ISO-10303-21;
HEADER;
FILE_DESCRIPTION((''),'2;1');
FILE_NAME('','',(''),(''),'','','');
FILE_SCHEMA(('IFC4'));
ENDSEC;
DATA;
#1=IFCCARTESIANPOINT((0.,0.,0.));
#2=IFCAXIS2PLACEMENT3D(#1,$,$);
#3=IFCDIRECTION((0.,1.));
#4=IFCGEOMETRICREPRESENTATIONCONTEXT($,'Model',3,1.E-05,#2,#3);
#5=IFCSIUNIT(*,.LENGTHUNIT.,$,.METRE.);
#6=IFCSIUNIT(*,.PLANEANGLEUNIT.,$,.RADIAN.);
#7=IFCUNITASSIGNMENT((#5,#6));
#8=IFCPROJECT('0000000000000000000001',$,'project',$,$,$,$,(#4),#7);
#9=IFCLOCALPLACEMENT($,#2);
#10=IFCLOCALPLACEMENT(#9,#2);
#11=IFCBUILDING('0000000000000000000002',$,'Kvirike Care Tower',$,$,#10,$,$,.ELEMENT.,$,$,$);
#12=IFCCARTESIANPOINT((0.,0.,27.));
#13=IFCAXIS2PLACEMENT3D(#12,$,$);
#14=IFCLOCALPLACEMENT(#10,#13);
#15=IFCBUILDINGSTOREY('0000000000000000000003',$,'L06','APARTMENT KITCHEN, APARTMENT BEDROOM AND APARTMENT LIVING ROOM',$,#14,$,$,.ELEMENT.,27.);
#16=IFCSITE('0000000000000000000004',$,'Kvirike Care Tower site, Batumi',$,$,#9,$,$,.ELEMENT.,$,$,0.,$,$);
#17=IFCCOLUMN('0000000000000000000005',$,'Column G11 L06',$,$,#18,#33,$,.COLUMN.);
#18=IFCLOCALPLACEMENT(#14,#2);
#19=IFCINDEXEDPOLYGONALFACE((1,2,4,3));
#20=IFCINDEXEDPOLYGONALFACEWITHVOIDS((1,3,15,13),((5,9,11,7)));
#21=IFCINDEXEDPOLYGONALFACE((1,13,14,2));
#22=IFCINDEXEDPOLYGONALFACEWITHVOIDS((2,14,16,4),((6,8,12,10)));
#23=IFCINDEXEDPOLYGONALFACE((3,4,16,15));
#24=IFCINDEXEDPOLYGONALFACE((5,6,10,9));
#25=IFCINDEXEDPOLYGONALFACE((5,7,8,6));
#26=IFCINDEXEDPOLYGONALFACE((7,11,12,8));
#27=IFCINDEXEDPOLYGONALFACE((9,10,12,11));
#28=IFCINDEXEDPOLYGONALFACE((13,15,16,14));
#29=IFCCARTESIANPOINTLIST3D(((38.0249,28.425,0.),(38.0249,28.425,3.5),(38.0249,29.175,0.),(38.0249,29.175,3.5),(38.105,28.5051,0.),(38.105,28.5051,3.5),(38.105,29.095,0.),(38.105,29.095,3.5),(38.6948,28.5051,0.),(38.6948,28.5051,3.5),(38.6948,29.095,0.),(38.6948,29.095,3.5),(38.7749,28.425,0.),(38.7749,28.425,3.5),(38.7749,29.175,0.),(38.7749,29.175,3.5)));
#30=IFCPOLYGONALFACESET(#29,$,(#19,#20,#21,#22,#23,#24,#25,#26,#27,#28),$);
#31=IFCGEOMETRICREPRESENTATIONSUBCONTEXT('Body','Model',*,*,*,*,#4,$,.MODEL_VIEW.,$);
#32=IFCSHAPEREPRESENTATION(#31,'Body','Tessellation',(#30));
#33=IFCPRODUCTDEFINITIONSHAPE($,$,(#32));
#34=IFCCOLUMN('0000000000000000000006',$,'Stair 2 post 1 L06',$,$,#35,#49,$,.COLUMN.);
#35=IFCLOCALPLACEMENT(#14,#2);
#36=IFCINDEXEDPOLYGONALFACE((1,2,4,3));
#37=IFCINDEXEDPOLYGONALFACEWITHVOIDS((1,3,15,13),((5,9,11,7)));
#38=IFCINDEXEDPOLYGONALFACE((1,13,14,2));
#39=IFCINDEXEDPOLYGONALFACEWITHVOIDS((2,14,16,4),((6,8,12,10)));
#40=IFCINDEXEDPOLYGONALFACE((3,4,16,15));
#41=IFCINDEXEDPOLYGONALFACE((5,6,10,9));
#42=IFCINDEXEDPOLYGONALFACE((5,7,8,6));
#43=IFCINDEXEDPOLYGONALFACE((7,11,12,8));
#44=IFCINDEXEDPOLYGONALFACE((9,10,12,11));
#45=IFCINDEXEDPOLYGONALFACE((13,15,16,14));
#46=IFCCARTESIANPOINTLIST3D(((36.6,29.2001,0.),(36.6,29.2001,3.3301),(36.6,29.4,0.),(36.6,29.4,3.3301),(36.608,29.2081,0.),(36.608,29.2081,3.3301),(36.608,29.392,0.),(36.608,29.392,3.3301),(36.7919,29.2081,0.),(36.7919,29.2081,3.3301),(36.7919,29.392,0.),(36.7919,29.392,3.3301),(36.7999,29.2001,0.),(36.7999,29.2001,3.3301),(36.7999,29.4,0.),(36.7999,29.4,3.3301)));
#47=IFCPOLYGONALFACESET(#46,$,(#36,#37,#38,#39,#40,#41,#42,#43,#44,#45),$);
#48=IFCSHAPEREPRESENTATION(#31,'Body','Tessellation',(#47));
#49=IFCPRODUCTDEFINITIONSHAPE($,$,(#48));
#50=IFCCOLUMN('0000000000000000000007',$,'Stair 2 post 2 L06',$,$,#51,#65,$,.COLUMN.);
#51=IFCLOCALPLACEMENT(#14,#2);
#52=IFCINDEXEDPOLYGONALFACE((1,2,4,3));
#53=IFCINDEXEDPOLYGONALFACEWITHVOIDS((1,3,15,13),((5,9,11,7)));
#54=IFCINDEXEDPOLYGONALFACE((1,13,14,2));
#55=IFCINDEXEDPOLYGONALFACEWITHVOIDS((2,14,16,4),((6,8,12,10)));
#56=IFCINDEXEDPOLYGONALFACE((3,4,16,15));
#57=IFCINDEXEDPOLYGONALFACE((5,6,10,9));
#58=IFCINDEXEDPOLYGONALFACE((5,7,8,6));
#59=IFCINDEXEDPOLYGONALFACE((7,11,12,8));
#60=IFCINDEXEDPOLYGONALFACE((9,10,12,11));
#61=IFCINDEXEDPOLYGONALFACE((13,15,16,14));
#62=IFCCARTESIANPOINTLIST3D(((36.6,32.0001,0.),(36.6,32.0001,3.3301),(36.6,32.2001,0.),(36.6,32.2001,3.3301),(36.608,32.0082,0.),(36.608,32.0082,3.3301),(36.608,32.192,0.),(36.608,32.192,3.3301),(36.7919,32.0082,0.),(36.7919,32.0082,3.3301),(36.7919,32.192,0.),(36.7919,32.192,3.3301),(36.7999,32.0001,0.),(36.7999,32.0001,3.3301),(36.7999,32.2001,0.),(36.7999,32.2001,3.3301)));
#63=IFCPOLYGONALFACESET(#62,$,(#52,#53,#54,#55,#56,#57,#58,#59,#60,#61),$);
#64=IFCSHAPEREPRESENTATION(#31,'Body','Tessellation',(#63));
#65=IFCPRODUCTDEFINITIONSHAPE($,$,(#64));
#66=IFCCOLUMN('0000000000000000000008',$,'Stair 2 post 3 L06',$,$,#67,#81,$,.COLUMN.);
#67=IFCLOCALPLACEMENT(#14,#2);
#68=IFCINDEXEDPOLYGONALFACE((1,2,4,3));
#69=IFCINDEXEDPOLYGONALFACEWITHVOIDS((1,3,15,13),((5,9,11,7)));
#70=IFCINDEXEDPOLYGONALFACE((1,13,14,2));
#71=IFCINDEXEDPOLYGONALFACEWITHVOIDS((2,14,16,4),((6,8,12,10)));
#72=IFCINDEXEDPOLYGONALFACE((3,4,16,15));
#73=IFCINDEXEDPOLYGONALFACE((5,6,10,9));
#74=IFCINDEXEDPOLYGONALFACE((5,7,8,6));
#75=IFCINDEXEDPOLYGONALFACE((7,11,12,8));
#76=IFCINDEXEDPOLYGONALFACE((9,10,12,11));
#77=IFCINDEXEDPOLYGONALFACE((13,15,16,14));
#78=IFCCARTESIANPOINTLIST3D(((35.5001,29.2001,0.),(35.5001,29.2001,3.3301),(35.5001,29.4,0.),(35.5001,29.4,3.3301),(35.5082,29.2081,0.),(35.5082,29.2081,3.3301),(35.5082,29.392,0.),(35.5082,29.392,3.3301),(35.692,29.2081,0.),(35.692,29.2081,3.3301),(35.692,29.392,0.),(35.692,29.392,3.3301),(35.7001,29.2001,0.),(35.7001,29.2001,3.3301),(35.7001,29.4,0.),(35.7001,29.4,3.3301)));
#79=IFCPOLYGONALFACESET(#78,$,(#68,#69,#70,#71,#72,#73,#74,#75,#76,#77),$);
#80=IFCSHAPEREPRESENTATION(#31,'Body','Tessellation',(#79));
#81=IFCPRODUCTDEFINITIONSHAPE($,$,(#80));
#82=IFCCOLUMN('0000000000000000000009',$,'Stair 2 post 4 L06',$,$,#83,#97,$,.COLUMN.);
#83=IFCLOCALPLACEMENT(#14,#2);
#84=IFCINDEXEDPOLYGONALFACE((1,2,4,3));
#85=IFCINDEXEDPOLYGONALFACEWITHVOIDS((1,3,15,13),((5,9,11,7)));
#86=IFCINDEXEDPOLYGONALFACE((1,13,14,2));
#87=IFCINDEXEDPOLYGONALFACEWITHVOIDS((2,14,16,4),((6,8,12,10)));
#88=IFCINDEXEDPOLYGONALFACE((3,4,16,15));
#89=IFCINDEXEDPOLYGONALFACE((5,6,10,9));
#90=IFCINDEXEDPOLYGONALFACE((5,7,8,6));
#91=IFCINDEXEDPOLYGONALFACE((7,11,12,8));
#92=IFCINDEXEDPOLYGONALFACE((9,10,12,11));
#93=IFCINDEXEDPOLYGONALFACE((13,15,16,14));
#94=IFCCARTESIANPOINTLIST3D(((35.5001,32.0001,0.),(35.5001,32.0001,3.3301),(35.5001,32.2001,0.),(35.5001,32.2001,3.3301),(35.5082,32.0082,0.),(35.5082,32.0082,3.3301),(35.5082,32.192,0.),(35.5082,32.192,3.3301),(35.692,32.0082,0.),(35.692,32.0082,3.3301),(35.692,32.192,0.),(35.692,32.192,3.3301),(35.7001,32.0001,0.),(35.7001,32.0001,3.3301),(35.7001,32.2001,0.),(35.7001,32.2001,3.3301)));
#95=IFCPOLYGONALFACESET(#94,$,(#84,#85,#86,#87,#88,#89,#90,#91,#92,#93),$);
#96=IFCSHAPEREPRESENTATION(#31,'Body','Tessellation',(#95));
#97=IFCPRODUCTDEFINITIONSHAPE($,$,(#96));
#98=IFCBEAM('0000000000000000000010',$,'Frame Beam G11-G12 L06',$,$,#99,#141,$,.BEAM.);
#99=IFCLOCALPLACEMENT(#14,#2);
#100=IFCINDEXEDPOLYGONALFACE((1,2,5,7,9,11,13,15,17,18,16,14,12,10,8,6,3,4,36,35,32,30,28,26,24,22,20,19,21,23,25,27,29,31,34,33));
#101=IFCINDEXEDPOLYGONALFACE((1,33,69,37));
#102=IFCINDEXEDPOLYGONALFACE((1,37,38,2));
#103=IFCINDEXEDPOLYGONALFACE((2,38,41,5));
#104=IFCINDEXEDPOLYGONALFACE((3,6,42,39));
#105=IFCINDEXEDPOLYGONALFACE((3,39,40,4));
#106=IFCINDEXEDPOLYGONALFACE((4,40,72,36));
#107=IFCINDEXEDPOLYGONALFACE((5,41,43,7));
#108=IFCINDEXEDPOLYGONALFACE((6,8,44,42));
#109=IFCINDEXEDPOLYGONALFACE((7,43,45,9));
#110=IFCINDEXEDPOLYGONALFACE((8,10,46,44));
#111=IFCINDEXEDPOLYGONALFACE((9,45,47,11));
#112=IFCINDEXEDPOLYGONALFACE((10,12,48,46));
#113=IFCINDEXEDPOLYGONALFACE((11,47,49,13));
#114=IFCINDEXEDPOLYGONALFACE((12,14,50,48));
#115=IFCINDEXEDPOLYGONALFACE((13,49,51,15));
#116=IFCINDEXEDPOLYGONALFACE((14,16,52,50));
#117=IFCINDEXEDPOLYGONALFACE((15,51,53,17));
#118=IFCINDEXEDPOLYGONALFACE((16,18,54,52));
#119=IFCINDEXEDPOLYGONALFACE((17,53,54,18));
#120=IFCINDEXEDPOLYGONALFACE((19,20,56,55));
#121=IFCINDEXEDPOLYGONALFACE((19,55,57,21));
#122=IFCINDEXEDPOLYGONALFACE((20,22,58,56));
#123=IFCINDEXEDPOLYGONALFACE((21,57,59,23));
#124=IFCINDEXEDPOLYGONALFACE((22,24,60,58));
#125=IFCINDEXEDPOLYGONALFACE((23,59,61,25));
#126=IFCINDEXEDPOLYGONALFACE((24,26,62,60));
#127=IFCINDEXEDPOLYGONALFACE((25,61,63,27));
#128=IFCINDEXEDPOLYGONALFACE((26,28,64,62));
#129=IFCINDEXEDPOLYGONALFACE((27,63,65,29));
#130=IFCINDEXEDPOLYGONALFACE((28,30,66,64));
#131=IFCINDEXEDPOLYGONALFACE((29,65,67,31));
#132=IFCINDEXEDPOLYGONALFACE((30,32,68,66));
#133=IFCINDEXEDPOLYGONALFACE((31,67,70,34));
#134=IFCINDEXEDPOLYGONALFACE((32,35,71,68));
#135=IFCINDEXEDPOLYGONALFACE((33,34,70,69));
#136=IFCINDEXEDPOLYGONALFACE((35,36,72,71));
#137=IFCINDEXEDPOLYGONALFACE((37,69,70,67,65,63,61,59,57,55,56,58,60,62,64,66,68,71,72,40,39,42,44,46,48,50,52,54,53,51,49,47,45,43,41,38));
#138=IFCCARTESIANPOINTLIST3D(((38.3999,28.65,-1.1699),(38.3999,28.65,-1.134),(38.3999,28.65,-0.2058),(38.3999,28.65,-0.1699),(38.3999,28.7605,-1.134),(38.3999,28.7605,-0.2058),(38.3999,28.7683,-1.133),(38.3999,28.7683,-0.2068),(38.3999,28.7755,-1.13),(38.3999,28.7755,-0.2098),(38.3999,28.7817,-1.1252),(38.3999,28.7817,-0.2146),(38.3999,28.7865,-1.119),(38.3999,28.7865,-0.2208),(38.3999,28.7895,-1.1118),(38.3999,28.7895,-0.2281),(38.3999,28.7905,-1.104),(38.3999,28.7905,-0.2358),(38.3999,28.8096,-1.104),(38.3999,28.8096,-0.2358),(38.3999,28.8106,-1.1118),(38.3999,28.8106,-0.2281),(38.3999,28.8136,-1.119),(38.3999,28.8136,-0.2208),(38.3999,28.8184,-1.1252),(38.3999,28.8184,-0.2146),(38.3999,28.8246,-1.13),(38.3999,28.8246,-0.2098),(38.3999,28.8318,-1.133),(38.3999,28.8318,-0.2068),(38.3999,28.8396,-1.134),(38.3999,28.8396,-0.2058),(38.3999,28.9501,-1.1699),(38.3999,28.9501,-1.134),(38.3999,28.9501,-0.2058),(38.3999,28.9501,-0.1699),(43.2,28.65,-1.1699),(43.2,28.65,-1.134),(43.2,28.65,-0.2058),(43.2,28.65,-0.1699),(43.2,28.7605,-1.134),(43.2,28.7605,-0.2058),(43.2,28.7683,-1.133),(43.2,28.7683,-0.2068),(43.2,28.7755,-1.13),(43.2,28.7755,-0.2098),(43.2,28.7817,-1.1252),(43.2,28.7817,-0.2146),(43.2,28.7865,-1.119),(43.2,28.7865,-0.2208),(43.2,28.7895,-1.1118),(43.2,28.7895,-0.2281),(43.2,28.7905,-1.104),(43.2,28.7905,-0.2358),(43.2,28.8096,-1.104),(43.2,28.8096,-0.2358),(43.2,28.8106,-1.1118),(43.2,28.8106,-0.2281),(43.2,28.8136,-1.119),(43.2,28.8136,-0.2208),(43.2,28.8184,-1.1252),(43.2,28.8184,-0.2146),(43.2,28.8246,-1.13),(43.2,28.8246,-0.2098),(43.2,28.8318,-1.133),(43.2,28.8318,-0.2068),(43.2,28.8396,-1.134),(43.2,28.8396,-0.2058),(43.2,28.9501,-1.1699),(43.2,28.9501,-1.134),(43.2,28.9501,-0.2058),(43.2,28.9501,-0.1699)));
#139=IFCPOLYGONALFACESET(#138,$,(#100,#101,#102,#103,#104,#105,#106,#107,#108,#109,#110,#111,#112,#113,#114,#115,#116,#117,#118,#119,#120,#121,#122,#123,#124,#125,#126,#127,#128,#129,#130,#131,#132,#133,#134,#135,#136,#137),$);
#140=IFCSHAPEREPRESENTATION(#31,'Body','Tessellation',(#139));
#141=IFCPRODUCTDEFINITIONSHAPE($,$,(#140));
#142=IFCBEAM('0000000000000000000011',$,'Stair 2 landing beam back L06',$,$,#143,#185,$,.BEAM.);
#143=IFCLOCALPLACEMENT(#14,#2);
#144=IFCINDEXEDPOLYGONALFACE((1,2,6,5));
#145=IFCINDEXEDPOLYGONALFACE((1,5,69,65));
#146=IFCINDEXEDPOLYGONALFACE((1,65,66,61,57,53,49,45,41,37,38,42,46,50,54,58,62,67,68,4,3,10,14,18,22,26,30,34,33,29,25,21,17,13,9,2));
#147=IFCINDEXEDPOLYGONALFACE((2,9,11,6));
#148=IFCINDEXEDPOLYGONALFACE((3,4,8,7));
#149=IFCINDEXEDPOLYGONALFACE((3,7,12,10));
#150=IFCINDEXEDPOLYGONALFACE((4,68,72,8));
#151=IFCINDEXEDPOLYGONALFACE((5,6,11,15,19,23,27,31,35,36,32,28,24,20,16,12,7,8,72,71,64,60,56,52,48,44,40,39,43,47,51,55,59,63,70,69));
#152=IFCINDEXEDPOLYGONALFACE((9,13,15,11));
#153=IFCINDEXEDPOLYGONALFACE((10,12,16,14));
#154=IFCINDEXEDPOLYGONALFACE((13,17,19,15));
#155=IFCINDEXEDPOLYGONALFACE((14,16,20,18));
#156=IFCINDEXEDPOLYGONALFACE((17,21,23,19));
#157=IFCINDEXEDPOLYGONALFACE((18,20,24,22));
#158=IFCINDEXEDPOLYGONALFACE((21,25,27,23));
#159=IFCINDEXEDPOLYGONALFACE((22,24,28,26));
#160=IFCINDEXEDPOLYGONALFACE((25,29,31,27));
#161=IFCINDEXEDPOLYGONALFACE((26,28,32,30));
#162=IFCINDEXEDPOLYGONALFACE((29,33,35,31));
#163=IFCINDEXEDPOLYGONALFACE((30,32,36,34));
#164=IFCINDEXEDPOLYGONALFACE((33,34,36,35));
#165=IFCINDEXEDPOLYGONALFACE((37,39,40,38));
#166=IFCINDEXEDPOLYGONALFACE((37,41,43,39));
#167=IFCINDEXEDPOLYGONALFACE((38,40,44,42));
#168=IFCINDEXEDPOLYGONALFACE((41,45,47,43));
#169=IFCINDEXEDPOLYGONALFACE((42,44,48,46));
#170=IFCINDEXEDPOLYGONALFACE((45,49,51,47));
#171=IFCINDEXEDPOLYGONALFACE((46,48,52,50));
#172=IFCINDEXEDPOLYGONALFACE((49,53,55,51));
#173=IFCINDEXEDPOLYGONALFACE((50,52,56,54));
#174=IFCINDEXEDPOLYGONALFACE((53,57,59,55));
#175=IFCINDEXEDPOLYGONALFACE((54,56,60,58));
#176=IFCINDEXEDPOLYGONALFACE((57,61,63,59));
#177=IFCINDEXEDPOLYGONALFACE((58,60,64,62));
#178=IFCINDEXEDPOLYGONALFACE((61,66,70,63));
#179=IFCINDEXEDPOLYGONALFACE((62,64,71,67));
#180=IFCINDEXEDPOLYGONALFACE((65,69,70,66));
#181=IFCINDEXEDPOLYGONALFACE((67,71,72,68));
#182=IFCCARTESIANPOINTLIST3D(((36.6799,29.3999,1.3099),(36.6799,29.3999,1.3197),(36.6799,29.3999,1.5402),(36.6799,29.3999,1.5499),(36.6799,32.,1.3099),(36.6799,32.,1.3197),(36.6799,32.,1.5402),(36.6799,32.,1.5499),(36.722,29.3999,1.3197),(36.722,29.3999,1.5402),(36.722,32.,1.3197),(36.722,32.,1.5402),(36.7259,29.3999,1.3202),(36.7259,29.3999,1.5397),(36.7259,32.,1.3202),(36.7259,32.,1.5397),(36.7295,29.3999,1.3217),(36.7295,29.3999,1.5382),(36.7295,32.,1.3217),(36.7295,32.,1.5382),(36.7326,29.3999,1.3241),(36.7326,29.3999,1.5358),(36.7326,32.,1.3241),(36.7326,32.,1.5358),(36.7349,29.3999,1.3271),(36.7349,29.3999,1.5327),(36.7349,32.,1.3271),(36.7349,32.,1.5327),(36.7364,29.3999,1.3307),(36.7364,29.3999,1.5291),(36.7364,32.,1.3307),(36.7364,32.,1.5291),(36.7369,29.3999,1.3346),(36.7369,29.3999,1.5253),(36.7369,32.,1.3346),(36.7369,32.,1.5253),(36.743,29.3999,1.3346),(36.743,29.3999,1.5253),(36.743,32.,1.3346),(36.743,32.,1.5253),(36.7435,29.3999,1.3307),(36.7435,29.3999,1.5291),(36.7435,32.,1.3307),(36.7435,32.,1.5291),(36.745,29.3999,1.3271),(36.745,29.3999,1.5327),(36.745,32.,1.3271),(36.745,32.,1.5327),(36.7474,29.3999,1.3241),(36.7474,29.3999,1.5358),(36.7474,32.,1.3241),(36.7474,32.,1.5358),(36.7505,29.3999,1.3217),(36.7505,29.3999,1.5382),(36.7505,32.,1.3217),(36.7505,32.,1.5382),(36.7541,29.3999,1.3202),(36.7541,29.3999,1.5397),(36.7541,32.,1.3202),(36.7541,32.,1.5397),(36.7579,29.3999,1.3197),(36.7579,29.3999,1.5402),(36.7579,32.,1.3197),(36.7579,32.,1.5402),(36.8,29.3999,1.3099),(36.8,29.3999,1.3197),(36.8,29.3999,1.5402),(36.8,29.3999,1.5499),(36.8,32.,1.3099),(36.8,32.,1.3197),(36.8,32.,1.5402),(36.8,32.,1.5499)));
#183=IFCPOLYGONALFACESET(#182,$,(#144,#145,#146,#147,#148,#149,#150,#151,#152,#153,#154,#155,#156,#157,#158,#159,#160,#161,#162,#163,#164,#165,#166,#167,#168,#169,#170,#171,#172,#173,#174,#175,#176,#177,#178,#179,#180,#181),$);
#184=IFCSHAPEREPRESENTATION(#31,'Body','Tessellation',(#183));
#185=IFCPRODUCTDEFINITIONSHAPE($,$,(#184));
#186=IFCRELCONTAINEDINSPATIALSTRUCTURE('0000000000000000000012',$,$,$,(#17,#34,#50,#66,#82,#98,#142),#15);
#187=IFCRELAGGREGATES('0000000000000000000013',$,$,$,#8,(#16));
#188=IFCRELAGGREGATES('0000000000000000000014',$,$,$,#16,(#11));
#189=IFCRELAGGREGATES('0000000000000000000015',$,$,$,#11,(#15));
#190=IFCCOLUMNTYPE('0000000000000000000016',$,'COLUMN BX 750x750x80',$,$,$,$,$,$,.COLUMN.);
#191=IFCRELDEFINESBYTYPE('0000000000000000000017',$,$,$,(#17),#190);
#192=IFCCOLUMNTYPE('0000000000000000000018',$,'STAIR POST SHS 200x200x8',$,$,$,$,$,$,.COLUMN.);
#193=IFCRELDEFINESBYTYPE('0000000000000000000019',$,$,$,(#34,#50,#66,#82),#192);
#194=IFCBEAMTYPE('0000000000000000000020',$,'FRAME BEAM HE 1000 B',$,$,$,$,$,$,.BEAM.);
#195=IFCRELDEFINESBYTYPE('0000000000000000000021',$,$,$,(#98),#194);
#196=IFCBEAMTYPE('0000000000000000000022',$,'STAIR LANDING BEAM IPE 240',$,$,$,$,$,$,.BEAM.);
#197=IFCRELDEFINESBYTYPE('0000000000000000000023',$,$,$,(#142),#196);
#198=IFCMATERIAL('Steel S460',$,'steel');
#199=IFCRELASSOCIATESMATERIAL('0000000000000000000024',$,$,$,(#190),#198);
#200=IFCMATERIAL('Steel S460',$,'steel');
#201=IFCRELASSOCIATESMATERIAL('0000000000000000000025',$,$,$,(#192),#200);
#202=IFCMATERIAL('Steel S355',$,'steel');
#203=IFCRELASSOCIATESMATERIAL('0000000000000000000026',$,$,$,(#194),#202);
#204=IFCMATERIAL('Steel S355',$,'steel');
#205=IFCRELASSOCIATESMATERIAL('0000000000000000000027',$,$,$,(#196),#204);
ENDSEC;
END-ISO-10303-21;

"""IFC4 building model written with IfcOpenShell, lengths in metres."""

from ifc_helpers import new_model, si_unit, direction, frame, origin, origin_2d, place, context, subcontext, project, spatial, hollow_rectangle, i_section, extrude, material, material_profile, profile_set, type_object, element, save


model = new_model("IFC4")

# Units and contexts
model_context = context("Model", 3, precision=1e-05, world=origin(), true_north=direction((0.0, 1.0)))
body_context = subcontext(model_context, "Body", "Model", "MODEL_VIEW")
ifc_project = project(units=[si_unit("LENGTHUNIT", "METRE"), si_unit("PLANEANGLEUNIT", "RADIAN")], contexts=[model_context])

# Site, building, storey
site_placement = place(None, origin())
site = spatial("IfcSite", under=ifc_project, at=site_placement, Name="Kvirike Care Tower site, Batumi", CompositionType="ELEMENT", RefElevation=0.0)
building_placement = place(site_placement, origin())
building = spatial("IfcBuilding", under=site, at=building_placement, Name="Kvirike Care Tower", CompositionType="ELEMENT")
storey_placement = place(building_placement, frame((0.0, 0.0, 27.0)))
storey = spatial("IfcBuildingStorey", under=building, at=storey_placement, Name="L06", Description="APARTMENT KITCHEN, APARTMENT BEDROOM AND APARTMENT LIVING ROOM", CompositionType="ELEMENT", Elevation=27.0)

# Columns
ifc_material_1 = material(Name="Steel S460", Category="steel")
ifc_material_profile_1 = material_profile(ifc_material_1, hollow_rectangle(XDim=0.75, YDim=0.75, WallThickness=0.0801, at=origin_2d()), Name="BX 750x750x80")
ifc_profile_set_1 = profile_set([ifc_material_profile_1], Name="Steel S460")
column_type_1 = type_object("IfcColumnType", Name="COLUMN BX 750x750x80", PredefinedType="COLUMN", material=ifc_profile_set_1)
column_placement = place(storey_placement, frame((38.3999, 28.8, 0.0), z_axis=(0.0, 0.0, 1.0), x_axis=(0.0, 1.0, 0.0)))
element("IfcColumn", 1, at=column_placement, inside=storey, type_object=column_type_1, Name="Column G11 L06", PredefinedType="COLUMN", context=body_context, shape_type="SweptSolid", body=[
    extrude(hollow_rectangle(XDim=0.75, YDim=0.75, WallThickness=0.0801, at=origin_2d()), origin(), (0.0, 0.0, 1.0), 3.5),
])
ifc_material_2 = material(Name="Steel S460", Category="steel")
ifc_material_profile_2 = material_profile(ifc_material_2, hollow_rectangle(XDim=0.2, YDim=0.2, WallThickness=0.0081, at=origin_2d()), Name="SHS 200x200x8")
ifc_profile_set_2 = profile_set([ifc_material_profile_2], Name="Steel S460")
column_type_2 = type_object("IfcColumnType", Name="STAIR POST SHS 200x200x8", PredefinedType="COLUMN", material=ifc_profile_set_2)
for number, where, z_axis, x_axis, name in (
    (2, (36.7, 29.3, 0.0), (0.0, 0.0, 1.0), (1.0, 0.0, 0.0), "Stair 2 post 1 L06"),
    (3, (36.7, 32.1001, 0.0), (0.0, 0.0, 1.0), (1.0, 0.0, 0.0), "Stair 2 post 2 L06"),
    (4, (35.6001, 29.3, 0.0), (0.0, 0.0, 1.0), (1.0, 0.0, 0.0), "Stair 2 post 3 L06"),
    (5, (35.6001, 32.1001, 0.0), (0.0, 0.0, 1.0), (1.0, 0.0, 0.0), "Stair 2 post 4 L06"),
):
    element("IfcColumn", number, at=place(storey_placement, frame(where, z_axis=z_axis, x_axis=x_axis)), inside=storey, type_object=column_type_2, Name=name, PredefinedType="COLUMN", context=body_context, shape_type="SweptSolid", body=[
        extrude(hollow_rectangle(XDim=0.2, YDim=0.2, WallThickness=0.0081, at=origin_2d()), origin(), (0.0, 0.0, 1.0), 3.3301),
    ])

# Beams
ifc_material_3 = material(Name="Steel S355", Category="steel")
ifc_material_profile_3 = material_profile(ifc_material_3, i_section(OverallWidth=0.3, OverallDepth=1.0, WebThickness=0.019, FlangeThickness=0.0359, FilletRadius=0.03, at=origin_2d()), Name="HE 1000 B")
ifc_profile_set_3 = profile_set([ifc_material_profile_3], Name="Steel S355")
beam_type_1 = type_object("IfcBeamType", Name="FRAME BEAM HE 1000 B", PredefinedType="BEAM", material=ifc_profile_set_3)
beam_placement = place(storey_placement, frame((38.3999, 28.8, -0.6699), z_axis=(1.0, 0.0, 0.0), x_axis=(0.0, 1.0, 0.0)))
element("IfcBeam", 6, at=beam_placement, inside=storey, type_object=beam_type_1, Name="Frame Beam G11-G12 L06", PredefinedType="BEAM", context=body_context, shape_type="SweptSolid", body=[
    extrude(i_section(OverallWidth=0.3, OverallDepth=1.0, WebThickness=0.019, FlangeThickness=0.0359, FilletRadius=0.03, at=origin_2d()), origin(), (0.0, 0.0, 1.0), 4.8),
])
ifc_material_4 = material(Name="Steel S355", Category="steel")
ifc_material_profile_4 = material_profile(ifc_material_4, i_section(OverallWidth=0.1201, OverallDepth=0.24, WebThickness=0.0061, FlangeThickness=0.0098, FilletRadius=0.0149, at=origin_2d()), Name="IPE 240")
ifc_profile_set_4 = profile_set([ifc_material_profile_4], Name="Steel S355")
beam_type_2 = type_object("IfcBeamType", Name="STAIR LANDING BEAM IPE 240", PredefinedType="BEAM", material=ifc_profile_set_4)
for number, where, z_axis, x_axis, name in (
    (7, (36.74, 29.3999, 1.4299), (0.0, 1.0, 0.0), (-1.0, 0.0, 0.0), "Stair 2 landing beam back L06"),
):
    element("IfcBeam", number, at=place(storey_placement, frame(where, z_axis=z_axis, x_axis=x_axis)), inside=storey, type_object=beam_type_2, Name=name, PredefinedType="BEAM", context=body_context, shape_type="SweptSolid", body=[
        extrude(i_section(OverallWidth=0.1201, OverallDepth=0.24, WebThickness=0.0061, FlangeThickness=0.0098, FilletRadius=0.0149, at=origin_2d()), origin(), (0.0, 0.0, 1.0), 2.6001),
    ])

save(model, "model.ifc")
